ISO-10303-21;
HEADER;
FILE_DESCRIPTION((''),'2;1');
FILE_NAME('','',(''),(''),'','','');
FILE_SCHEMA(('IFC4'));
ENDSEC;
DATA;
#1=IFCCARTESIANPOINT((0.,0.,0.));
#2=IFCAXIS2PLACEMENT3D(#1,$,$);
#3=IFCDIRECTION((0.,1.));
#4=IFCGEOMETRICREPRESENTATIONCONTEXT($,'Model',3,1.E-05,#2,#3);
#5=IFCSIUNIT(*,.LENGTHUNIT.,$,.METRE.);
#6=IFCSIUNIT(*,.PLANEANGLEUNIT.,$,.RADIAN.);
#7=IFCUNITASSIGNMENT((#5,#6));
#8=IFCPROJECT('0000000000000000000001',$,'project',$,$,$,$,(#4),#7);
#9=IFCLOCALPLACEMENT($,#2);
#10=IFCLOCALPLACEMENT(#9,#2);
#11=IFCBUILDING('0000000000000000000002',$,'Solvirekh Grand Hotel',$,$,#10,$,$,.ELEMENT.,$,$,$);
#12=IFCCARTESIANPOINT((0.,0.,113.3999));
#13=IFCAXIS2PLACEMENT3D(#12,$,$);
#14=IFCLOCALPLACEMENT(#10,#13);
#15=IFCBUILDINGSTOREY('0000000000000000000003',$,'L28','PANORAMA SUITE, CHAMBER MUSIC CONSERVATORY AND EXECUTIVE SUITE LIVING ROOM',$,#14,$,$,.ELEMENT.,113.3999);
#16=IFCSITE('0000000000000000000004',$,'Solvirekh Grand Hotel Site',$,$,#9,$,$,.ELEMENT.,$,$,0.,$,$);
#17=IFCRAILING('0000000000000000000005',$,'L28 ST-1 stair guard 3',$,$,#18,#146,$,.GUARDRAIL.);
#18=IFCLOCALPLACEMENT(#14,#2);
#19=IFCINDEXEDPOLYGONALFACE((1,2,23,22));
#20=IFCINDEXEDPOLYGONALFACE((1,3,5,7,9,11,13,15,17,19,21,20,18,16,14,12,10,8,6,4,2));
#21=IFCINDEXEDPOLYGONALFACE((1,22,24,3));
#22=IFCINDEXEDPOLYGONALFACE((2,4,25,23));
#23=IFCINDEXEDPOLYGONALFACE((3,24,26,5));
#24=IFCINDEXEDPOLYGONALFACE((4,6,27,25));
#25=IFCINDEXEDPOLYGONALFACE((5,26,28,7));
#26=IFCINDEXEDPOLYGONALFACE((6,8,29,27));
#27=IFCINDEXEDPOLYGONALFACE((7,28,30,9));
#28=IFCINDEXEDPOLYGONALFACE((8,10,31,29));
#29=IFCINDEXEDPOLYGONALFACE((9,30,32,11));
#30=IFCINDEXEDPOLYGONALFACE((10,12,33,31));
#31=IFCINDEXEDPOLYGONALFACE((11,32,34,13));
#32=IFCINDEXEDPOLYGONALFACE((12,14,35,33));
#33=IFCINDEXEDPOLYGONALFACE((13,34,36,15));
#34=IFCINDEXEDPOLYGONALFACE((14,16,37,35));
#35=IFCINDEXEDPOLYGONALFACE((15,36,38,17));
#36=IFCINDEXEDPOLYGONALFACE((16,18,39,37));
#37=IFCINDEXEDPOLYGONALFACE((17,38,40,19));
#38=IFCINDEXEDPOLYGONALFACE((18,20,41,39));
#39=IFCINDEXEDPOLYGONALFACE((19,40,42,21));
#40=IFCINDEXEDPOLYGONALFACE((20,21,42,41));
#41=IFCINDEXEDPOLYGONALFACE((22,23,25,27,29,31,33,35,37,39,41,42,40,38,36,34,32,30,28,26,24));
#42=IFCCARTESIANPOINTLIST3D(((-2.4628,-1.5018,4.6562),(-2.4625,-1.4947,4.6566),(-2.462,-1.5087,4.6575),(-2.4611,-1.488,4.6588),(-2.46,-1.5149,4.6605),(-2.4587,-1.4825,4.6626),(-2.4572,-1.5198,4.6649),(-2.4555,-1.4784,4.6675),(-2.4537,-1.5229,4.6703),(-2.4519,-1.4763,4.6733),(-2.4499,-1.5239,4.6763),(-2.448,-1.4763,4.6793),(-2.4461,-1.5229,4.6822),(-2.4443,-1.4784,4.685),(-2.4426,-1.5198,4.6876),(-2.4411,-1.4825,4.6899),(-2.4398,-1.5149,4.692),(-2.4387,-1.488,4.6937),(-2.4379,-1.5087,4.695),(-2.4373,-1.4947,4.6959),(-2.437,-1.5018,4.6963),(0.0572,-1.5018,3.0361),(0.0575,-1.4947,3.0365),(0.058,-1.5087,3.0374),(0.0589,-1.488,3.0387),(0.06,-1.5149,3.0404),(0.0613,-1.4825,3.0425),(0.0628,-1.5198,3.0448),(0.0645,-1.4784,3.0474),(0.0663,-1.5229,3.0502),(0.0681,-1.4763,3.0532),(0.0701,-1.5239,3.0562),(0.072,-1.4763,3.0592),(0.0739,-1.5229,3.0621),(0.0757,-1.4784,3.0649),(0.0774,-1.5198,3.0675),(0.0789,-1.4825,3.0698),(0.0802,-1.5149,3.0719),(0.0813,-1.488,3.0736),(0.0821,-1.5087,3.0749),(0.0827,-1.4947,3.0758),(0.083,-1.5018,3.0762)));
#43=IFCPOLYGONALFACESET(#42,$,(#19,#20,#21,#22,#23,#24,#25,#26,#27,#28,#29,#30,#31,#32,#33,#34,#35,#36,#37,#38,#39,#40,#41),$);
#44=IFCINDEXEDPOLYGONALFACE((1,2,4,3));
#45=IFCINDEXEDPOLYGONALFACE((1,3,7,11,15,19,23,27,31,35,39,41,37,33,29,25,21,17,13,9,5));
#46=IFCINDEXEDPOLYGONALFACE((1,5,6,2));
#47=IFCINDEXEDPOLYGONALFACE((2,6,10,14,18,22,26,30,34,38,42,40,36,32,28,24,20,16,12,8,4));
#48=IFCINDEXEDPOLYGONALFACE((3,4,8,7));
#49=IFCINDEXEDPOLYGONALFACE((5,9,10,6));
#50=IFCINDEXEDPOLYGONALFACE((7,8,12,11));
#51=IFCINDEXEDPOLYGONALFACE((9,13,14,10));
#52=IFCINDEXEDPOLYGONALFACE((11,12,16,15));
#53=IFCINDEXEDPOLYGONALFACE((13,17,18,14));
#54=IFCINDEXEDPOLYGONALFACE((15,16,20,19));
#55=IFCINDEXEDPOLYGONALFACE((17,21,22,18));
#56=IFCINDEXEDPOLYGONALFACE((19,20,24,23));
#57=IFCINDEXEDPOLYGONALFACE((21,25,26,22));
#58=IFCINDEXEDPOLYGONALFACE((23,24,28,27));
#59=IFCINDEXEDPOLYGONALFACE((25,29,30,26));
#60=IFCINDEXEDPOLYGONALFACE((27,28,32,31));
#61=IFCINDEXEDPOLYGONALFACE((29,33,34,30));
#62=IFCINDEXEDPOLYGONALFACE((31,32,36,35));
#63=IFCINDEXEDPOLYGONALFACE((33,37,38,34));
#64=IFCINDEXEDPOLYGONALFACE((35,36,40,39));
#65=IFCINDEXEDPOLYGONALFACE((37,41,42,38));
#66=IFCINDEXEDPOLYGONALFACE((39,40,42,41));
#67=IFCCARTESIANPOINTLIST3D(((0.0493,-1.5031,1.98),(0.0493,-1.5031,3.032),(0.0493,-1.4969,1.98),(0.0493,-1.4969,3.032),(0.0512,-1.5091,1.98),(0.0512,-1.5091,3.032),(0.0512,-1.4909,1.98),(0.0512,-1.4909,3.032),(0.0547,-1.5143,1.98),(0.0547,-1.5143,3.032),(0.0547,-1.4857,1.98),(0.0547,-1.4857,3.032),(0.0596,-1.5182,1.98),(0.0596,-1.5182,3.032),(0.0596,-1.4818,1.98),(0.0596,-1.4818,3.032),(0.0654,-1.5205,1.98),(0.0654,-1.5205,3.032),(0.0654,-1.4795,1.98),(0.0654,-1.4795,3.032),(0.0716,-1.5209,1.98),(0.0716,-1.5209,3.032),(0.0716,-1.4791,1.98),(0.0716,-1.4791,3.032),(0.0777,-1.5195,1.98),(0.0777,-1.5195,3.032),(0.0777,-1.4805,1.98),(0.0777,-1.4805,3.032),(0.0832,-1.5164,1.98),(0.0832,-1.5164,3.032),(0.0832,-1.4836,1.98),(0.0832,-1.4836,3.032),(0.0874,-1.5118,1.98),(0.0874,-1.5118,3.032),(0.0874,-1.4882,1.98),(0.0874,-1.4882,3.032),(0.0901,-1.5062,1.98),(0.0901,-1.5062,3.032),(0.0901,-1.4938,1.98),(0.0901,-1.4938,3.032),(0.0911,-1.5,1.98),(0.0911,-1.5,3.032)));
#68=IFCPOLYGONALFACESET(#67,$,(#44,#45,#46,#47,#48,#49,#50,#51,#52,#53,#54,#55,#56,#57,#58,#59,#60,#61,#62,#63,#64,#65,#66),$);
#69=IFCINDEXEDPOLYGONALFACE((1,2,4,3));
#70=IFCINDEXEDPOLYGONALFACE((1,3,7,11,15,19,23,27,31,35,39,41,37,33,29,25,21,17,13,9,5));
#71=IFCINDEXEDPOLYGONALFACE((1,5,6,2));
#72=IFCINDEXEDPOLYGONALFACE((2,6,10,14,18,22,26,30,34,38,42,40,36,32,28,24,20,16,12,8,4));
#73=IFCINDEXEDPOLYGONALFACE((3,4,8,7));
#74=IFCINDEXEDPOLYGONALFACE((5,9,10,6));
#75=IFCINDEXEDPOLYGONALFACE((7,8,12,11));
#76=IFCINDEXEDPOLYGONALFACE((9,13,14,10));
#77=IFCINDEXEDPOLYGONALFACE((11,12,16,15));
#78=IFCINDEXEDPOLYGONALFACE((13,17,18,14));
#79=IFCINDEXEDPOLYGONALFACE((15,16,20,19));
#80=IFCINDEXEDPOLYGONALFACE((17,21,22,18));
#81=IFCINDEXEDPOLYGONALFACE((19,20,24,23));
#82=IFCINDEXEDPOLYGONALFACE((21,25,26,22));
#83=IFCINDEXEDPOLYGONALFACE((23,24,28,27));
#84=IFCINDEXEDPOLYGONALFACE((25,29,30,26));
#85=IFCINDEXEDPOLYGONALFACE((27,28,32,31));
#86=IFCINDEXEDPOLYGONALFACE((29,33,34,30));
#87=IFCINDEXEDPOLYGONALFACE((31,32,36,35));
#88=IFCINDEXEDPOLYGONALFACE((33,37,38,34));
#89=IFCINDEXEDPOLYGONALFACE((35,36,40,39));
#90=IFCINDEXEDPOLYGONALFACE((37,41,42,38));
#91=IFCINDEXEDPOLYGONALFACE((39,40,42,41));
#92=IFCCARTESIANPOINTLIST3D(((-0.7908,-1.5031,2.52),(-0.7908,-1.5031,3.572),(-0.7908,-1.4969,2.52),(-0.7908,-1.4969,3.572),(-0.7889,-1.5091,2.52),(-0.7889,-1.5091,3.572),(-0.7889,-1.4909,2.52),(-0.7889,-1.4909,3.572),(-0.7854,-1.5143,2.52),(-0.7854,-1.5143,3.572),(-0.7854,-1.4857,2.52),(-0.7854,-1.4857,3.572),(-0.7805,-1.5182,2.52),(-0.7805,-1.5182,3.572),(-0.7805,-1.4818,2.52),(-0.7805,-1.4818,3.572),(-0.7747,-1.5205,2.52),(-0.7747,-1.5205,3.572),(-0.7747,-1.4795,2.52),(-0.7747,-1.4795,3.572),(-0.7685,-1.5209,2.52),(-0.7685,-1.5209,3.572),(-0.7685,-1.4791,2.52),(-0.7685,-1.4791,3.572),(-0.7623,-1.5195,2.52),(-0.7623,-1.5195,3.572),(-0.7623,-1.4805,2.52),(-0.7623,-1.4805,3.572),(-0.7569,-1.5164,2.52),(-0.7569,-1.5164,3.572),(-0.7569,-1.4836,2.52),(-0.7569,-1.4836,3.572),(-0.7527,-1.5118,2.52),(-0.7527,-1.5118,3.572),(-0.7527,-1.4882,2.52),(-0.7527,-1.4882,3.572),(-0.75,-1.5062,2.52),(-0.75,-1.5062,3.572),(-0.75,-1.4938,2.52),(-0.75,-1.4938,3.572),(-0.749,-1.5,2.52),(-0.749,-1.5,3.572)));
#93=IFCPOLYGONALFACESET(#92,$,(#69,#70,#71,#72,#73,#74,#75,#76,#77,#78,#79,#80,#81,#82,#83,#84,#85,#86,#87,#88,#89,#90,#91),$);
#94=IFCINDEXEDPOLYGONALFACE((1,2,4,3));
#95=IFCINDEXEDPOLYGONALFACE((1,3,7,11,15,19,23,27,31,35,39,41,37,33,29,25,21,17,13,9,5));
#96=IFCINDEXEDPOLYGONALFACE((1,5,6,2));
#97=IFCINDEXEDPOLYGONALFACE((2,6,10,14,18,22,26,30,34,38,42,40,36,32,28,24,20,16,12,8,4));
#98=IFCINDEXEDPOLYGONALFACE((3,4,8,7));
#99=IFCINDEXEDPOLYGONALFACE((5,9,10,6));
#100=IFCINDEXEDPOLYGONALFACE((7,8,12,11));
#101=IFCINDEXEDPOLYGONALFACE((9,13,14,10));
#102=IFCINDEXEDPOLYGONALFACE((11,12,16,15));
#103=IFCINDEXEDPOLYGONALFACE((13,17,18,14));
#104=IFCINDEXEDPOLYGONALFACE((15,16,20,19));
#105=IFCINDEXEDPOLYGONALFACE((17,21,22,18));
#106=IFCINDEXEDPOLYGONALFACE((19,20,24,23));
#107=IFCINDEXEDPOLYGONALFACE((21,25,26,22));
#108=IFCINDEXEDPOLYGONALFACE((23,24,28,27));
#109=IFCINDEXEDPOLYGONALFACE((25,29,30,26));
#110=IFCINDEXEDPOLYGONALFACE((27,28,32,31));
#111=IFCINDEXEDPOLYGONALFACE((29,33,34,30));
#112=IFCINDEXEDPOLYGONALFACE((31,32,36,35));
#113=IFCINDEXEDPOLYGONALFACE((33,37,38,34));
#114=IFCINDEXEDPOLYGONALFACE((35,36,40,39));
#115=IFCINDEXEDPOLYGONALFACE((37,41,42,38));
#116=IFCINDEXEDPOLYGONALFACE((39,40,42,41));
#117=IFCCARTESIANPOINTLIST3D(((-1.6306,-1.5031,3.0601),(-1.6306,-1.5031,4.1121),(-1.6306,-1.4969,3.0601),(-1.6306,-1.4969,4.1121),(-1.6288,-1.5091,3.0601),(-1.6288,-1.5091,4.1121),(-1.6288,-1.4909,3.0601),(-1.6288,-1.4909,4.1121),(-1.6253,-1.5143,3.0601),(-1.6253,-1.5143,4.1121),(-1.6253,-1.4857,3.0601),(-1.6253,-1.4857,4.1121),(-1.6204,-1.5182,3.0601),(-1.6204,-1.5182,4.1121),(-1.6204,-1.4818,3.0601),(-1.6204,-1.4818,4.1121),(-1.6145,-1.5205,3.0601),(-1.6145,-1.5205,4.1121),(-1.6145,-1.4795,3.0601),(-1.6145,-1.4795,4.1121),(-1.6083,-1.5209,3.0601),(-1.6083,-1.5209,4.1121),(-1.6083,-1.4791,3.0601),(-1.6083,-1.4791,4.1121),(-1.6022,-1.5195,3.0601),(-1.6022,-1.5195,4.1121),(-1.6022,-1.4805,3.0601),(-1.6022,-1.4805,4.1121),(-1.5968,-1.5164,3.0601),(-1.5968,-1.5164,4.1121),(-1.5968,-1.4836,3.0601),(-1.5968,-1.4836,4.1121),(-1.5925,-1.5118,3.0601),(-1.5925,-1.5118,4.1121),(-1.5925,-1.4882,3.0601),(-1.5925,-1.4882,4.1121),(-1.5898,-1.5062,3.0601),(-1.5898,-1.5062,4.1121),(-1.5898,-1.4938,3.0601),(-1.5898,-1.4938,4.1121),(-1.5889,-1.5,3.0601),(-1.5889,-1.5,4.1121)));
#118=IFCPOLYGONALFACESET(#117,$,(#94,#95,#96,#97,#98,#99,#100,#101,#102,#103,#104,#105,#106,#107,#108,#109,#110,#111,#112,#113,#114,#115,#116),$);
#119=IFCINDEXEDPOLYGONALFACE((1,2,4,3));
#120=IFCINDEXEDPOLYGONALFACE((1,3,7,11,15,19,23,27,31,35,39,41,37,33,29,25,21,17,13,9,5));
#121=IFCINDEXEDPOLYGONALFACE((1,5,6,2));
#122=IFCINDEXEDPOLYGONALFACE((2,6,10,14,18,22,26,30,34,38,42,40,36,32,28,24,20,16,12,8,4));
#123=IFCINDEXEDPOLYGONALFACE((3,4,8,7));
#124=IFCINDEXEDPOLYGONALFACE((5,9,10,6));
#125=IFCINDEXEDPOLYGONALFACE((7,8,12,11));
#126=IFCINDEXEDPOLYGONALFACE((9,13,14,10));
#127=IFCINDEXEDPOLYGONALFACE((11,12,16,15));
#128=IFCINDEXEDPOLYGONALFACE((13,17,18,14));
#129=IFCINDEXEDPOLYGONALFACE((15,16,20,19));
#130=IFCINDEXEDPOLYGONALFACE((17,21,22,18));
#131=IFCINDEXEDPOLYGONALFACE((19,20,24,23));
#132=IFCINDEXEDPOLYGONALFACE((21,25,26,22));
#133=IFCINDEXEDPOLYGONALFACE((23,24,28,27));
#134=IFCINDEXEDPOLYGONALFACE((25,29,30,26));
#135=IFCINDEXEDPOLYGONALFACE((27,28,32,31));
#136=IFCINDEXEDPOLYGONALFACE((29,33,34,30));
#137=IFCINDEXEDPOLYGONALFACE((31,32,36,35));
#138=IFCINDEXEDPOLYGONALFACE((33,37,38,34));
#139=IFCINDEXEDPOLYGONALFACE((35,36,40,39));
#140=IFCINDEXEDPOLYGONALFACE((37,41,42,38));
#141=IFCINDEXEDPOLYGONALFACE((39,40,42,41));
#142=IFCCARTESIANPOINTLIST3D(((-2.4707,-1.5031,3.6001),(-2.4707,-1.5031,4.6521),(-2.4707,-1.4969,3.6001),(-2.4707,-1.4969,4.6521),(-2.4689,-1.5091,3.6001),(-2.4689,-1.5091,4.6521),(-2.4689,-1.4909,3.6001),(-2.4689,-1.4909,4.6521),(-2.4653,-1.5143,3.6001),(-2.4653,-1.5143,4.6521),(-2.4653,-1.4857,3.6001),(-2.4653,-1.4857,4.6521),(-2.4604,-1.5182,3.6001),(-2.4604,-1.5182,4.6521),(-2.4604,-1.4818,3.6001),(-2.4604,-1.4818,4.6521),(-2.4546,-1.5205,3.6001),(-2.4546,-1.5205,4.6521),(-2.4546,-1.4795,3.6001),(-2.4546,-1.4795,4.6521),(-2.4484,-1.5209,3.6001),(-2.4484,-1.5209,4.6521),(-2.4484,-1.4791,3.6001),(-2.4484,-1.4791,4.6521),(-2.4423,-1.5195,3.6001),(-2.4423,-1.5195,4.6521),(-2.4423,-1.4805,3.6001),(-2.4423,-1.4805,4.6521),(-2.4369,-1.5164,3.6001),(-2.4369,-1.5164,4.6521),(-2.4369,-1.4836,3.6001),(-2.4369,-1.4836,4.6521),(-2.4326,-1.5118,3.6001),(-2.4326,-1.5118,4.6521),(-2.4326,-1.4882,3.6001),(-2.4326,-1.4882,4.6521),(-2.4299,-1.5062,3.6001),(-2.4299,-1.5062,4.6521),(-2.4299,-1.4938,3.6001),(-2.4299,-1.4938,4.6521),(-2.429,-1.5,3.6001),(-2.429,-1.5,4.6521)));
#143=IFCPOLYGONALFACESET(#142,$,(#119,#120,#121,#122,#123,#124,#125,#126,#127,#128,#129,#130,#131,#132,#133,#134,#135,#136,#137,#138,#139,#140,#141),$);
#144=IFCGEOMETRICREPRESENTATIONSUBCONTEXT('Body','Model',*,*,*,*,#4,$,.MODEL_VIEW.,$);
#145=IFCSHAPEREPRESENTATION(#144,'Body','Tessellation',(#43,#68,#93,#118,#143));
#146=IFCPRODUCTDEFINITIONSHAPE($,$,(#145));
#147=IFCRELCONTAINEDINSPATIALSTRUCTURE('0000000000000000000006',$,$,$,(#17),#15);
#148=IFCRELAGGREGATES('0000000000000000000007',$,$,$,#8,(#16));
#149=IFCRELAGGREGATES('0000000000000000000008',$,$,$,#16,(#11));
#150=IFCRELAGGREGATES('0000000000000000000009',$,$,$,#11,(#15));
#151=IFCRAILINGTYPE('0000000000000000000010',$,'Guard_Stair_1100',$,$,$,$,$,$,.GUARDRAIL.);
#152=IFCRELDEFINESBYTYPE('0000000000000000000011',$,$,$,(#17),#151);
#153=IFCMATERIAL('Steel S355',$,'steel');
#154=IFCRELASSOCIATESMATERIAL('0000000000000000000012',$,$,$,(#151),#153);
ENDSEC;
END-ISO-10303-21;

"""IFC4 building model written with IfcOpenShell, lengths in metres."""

from ifc_helpers import new_model, si_unit, direction, frame, origin, origin_2d, place, context, subcontext, project, spatial, circle, extrude, material, type_object, element, save


model = new_model("IFC4")

# Units and contexts
model_context = context("Model", 3, precision=1e-05, world=origin(), true_north=direction((0.0, 1.0)))
body_context = subcontext(model_context, "Body", "Model", "MODEL_VIEW")
ifc_project = project(units=[si_unit("LENGTHUNIT", "METRE"), si_unit("PLANEANGLEUNIT", "RADIAN")], contexts=[model_context])

# Site, building, storey
site_placement = place(None, origin())
site = spatial("IfcSite", under=ifc_project, at=site_placement, Name="Solvirekh Grand Hotel Site", CompositionType="ELEMENT", RefElevation=0.0)
building_placement = place(site_placement, origin())
building = spatial("IfcBuilding", under=site, at=building_placement, Name="Solvirekh Grand Hotel", CompositionType="ELEMENT")
storey_placement = place(building_placement, frame((0.0, 0.0, 113.3999)))
storey = spatial("IfcBuildingStorey", under=building, at=storey_placement, Name="L28", Description="PANORAMA SUITE, CHAMBER MUSIC CONSERVATORY AND EXECUTIVE SUITE LIVING ROOM", CompositionType="ELEMENT", Elevation=113.3999)

# Shared definitions
ifc_material_1 = material(Name="Steel S355", Category="steel")

# Railing
railing_type_1 = type_object("IfcRailingType", Name="Guard_Stair_1100", PredefinedType="GUARDRAIL", material=ifc_material_1)
railing_1_placement = place(storey_placement, frame((0.0701, -1.5, 1.98)))
element("IfcRailing", 1, at=railing_1_placement, inside=storey, type_object=railing_type_1, Name="L28 ST-1 stair guard 3", PredefinedType="GUARDRAIL", context=body_context, shape_type="SweptSolid", body=[
    extrude(circle(Radius=0.0239, at=origin_2d()), frame((0.0, 0.0, 1.0762), z_axis=(-0.841163, 0.0, 0.540782), x_axis=(0.0, -1.0, 0.0)), (0.0, 0.0, 1.0), 2.9958),
    extrude(circle(Radius=0.021, at=origin_2d()), origin(), (0.0, 0.0, 1.0), 1.052),
    extrude(circle(Radius=0.021, at=origin_2d()), frame((-0.8401, 0.0, 0.54)), (0.0, 0.0, 1.0), 1.052),
    extrude(circle(Radius=0.021, at=origin_2d()), frame((-1.6799, 0.0, 1.0801)), (0.0, 0.0, 1.0), 1.052),
    extrude(circle(Radius=0.021, at=origin_2d()), frame((-2.52, 0.0, 1.6201)), (0.0, 0.0, 1.0), 1.052),
])

save(model, "model.ifc")
